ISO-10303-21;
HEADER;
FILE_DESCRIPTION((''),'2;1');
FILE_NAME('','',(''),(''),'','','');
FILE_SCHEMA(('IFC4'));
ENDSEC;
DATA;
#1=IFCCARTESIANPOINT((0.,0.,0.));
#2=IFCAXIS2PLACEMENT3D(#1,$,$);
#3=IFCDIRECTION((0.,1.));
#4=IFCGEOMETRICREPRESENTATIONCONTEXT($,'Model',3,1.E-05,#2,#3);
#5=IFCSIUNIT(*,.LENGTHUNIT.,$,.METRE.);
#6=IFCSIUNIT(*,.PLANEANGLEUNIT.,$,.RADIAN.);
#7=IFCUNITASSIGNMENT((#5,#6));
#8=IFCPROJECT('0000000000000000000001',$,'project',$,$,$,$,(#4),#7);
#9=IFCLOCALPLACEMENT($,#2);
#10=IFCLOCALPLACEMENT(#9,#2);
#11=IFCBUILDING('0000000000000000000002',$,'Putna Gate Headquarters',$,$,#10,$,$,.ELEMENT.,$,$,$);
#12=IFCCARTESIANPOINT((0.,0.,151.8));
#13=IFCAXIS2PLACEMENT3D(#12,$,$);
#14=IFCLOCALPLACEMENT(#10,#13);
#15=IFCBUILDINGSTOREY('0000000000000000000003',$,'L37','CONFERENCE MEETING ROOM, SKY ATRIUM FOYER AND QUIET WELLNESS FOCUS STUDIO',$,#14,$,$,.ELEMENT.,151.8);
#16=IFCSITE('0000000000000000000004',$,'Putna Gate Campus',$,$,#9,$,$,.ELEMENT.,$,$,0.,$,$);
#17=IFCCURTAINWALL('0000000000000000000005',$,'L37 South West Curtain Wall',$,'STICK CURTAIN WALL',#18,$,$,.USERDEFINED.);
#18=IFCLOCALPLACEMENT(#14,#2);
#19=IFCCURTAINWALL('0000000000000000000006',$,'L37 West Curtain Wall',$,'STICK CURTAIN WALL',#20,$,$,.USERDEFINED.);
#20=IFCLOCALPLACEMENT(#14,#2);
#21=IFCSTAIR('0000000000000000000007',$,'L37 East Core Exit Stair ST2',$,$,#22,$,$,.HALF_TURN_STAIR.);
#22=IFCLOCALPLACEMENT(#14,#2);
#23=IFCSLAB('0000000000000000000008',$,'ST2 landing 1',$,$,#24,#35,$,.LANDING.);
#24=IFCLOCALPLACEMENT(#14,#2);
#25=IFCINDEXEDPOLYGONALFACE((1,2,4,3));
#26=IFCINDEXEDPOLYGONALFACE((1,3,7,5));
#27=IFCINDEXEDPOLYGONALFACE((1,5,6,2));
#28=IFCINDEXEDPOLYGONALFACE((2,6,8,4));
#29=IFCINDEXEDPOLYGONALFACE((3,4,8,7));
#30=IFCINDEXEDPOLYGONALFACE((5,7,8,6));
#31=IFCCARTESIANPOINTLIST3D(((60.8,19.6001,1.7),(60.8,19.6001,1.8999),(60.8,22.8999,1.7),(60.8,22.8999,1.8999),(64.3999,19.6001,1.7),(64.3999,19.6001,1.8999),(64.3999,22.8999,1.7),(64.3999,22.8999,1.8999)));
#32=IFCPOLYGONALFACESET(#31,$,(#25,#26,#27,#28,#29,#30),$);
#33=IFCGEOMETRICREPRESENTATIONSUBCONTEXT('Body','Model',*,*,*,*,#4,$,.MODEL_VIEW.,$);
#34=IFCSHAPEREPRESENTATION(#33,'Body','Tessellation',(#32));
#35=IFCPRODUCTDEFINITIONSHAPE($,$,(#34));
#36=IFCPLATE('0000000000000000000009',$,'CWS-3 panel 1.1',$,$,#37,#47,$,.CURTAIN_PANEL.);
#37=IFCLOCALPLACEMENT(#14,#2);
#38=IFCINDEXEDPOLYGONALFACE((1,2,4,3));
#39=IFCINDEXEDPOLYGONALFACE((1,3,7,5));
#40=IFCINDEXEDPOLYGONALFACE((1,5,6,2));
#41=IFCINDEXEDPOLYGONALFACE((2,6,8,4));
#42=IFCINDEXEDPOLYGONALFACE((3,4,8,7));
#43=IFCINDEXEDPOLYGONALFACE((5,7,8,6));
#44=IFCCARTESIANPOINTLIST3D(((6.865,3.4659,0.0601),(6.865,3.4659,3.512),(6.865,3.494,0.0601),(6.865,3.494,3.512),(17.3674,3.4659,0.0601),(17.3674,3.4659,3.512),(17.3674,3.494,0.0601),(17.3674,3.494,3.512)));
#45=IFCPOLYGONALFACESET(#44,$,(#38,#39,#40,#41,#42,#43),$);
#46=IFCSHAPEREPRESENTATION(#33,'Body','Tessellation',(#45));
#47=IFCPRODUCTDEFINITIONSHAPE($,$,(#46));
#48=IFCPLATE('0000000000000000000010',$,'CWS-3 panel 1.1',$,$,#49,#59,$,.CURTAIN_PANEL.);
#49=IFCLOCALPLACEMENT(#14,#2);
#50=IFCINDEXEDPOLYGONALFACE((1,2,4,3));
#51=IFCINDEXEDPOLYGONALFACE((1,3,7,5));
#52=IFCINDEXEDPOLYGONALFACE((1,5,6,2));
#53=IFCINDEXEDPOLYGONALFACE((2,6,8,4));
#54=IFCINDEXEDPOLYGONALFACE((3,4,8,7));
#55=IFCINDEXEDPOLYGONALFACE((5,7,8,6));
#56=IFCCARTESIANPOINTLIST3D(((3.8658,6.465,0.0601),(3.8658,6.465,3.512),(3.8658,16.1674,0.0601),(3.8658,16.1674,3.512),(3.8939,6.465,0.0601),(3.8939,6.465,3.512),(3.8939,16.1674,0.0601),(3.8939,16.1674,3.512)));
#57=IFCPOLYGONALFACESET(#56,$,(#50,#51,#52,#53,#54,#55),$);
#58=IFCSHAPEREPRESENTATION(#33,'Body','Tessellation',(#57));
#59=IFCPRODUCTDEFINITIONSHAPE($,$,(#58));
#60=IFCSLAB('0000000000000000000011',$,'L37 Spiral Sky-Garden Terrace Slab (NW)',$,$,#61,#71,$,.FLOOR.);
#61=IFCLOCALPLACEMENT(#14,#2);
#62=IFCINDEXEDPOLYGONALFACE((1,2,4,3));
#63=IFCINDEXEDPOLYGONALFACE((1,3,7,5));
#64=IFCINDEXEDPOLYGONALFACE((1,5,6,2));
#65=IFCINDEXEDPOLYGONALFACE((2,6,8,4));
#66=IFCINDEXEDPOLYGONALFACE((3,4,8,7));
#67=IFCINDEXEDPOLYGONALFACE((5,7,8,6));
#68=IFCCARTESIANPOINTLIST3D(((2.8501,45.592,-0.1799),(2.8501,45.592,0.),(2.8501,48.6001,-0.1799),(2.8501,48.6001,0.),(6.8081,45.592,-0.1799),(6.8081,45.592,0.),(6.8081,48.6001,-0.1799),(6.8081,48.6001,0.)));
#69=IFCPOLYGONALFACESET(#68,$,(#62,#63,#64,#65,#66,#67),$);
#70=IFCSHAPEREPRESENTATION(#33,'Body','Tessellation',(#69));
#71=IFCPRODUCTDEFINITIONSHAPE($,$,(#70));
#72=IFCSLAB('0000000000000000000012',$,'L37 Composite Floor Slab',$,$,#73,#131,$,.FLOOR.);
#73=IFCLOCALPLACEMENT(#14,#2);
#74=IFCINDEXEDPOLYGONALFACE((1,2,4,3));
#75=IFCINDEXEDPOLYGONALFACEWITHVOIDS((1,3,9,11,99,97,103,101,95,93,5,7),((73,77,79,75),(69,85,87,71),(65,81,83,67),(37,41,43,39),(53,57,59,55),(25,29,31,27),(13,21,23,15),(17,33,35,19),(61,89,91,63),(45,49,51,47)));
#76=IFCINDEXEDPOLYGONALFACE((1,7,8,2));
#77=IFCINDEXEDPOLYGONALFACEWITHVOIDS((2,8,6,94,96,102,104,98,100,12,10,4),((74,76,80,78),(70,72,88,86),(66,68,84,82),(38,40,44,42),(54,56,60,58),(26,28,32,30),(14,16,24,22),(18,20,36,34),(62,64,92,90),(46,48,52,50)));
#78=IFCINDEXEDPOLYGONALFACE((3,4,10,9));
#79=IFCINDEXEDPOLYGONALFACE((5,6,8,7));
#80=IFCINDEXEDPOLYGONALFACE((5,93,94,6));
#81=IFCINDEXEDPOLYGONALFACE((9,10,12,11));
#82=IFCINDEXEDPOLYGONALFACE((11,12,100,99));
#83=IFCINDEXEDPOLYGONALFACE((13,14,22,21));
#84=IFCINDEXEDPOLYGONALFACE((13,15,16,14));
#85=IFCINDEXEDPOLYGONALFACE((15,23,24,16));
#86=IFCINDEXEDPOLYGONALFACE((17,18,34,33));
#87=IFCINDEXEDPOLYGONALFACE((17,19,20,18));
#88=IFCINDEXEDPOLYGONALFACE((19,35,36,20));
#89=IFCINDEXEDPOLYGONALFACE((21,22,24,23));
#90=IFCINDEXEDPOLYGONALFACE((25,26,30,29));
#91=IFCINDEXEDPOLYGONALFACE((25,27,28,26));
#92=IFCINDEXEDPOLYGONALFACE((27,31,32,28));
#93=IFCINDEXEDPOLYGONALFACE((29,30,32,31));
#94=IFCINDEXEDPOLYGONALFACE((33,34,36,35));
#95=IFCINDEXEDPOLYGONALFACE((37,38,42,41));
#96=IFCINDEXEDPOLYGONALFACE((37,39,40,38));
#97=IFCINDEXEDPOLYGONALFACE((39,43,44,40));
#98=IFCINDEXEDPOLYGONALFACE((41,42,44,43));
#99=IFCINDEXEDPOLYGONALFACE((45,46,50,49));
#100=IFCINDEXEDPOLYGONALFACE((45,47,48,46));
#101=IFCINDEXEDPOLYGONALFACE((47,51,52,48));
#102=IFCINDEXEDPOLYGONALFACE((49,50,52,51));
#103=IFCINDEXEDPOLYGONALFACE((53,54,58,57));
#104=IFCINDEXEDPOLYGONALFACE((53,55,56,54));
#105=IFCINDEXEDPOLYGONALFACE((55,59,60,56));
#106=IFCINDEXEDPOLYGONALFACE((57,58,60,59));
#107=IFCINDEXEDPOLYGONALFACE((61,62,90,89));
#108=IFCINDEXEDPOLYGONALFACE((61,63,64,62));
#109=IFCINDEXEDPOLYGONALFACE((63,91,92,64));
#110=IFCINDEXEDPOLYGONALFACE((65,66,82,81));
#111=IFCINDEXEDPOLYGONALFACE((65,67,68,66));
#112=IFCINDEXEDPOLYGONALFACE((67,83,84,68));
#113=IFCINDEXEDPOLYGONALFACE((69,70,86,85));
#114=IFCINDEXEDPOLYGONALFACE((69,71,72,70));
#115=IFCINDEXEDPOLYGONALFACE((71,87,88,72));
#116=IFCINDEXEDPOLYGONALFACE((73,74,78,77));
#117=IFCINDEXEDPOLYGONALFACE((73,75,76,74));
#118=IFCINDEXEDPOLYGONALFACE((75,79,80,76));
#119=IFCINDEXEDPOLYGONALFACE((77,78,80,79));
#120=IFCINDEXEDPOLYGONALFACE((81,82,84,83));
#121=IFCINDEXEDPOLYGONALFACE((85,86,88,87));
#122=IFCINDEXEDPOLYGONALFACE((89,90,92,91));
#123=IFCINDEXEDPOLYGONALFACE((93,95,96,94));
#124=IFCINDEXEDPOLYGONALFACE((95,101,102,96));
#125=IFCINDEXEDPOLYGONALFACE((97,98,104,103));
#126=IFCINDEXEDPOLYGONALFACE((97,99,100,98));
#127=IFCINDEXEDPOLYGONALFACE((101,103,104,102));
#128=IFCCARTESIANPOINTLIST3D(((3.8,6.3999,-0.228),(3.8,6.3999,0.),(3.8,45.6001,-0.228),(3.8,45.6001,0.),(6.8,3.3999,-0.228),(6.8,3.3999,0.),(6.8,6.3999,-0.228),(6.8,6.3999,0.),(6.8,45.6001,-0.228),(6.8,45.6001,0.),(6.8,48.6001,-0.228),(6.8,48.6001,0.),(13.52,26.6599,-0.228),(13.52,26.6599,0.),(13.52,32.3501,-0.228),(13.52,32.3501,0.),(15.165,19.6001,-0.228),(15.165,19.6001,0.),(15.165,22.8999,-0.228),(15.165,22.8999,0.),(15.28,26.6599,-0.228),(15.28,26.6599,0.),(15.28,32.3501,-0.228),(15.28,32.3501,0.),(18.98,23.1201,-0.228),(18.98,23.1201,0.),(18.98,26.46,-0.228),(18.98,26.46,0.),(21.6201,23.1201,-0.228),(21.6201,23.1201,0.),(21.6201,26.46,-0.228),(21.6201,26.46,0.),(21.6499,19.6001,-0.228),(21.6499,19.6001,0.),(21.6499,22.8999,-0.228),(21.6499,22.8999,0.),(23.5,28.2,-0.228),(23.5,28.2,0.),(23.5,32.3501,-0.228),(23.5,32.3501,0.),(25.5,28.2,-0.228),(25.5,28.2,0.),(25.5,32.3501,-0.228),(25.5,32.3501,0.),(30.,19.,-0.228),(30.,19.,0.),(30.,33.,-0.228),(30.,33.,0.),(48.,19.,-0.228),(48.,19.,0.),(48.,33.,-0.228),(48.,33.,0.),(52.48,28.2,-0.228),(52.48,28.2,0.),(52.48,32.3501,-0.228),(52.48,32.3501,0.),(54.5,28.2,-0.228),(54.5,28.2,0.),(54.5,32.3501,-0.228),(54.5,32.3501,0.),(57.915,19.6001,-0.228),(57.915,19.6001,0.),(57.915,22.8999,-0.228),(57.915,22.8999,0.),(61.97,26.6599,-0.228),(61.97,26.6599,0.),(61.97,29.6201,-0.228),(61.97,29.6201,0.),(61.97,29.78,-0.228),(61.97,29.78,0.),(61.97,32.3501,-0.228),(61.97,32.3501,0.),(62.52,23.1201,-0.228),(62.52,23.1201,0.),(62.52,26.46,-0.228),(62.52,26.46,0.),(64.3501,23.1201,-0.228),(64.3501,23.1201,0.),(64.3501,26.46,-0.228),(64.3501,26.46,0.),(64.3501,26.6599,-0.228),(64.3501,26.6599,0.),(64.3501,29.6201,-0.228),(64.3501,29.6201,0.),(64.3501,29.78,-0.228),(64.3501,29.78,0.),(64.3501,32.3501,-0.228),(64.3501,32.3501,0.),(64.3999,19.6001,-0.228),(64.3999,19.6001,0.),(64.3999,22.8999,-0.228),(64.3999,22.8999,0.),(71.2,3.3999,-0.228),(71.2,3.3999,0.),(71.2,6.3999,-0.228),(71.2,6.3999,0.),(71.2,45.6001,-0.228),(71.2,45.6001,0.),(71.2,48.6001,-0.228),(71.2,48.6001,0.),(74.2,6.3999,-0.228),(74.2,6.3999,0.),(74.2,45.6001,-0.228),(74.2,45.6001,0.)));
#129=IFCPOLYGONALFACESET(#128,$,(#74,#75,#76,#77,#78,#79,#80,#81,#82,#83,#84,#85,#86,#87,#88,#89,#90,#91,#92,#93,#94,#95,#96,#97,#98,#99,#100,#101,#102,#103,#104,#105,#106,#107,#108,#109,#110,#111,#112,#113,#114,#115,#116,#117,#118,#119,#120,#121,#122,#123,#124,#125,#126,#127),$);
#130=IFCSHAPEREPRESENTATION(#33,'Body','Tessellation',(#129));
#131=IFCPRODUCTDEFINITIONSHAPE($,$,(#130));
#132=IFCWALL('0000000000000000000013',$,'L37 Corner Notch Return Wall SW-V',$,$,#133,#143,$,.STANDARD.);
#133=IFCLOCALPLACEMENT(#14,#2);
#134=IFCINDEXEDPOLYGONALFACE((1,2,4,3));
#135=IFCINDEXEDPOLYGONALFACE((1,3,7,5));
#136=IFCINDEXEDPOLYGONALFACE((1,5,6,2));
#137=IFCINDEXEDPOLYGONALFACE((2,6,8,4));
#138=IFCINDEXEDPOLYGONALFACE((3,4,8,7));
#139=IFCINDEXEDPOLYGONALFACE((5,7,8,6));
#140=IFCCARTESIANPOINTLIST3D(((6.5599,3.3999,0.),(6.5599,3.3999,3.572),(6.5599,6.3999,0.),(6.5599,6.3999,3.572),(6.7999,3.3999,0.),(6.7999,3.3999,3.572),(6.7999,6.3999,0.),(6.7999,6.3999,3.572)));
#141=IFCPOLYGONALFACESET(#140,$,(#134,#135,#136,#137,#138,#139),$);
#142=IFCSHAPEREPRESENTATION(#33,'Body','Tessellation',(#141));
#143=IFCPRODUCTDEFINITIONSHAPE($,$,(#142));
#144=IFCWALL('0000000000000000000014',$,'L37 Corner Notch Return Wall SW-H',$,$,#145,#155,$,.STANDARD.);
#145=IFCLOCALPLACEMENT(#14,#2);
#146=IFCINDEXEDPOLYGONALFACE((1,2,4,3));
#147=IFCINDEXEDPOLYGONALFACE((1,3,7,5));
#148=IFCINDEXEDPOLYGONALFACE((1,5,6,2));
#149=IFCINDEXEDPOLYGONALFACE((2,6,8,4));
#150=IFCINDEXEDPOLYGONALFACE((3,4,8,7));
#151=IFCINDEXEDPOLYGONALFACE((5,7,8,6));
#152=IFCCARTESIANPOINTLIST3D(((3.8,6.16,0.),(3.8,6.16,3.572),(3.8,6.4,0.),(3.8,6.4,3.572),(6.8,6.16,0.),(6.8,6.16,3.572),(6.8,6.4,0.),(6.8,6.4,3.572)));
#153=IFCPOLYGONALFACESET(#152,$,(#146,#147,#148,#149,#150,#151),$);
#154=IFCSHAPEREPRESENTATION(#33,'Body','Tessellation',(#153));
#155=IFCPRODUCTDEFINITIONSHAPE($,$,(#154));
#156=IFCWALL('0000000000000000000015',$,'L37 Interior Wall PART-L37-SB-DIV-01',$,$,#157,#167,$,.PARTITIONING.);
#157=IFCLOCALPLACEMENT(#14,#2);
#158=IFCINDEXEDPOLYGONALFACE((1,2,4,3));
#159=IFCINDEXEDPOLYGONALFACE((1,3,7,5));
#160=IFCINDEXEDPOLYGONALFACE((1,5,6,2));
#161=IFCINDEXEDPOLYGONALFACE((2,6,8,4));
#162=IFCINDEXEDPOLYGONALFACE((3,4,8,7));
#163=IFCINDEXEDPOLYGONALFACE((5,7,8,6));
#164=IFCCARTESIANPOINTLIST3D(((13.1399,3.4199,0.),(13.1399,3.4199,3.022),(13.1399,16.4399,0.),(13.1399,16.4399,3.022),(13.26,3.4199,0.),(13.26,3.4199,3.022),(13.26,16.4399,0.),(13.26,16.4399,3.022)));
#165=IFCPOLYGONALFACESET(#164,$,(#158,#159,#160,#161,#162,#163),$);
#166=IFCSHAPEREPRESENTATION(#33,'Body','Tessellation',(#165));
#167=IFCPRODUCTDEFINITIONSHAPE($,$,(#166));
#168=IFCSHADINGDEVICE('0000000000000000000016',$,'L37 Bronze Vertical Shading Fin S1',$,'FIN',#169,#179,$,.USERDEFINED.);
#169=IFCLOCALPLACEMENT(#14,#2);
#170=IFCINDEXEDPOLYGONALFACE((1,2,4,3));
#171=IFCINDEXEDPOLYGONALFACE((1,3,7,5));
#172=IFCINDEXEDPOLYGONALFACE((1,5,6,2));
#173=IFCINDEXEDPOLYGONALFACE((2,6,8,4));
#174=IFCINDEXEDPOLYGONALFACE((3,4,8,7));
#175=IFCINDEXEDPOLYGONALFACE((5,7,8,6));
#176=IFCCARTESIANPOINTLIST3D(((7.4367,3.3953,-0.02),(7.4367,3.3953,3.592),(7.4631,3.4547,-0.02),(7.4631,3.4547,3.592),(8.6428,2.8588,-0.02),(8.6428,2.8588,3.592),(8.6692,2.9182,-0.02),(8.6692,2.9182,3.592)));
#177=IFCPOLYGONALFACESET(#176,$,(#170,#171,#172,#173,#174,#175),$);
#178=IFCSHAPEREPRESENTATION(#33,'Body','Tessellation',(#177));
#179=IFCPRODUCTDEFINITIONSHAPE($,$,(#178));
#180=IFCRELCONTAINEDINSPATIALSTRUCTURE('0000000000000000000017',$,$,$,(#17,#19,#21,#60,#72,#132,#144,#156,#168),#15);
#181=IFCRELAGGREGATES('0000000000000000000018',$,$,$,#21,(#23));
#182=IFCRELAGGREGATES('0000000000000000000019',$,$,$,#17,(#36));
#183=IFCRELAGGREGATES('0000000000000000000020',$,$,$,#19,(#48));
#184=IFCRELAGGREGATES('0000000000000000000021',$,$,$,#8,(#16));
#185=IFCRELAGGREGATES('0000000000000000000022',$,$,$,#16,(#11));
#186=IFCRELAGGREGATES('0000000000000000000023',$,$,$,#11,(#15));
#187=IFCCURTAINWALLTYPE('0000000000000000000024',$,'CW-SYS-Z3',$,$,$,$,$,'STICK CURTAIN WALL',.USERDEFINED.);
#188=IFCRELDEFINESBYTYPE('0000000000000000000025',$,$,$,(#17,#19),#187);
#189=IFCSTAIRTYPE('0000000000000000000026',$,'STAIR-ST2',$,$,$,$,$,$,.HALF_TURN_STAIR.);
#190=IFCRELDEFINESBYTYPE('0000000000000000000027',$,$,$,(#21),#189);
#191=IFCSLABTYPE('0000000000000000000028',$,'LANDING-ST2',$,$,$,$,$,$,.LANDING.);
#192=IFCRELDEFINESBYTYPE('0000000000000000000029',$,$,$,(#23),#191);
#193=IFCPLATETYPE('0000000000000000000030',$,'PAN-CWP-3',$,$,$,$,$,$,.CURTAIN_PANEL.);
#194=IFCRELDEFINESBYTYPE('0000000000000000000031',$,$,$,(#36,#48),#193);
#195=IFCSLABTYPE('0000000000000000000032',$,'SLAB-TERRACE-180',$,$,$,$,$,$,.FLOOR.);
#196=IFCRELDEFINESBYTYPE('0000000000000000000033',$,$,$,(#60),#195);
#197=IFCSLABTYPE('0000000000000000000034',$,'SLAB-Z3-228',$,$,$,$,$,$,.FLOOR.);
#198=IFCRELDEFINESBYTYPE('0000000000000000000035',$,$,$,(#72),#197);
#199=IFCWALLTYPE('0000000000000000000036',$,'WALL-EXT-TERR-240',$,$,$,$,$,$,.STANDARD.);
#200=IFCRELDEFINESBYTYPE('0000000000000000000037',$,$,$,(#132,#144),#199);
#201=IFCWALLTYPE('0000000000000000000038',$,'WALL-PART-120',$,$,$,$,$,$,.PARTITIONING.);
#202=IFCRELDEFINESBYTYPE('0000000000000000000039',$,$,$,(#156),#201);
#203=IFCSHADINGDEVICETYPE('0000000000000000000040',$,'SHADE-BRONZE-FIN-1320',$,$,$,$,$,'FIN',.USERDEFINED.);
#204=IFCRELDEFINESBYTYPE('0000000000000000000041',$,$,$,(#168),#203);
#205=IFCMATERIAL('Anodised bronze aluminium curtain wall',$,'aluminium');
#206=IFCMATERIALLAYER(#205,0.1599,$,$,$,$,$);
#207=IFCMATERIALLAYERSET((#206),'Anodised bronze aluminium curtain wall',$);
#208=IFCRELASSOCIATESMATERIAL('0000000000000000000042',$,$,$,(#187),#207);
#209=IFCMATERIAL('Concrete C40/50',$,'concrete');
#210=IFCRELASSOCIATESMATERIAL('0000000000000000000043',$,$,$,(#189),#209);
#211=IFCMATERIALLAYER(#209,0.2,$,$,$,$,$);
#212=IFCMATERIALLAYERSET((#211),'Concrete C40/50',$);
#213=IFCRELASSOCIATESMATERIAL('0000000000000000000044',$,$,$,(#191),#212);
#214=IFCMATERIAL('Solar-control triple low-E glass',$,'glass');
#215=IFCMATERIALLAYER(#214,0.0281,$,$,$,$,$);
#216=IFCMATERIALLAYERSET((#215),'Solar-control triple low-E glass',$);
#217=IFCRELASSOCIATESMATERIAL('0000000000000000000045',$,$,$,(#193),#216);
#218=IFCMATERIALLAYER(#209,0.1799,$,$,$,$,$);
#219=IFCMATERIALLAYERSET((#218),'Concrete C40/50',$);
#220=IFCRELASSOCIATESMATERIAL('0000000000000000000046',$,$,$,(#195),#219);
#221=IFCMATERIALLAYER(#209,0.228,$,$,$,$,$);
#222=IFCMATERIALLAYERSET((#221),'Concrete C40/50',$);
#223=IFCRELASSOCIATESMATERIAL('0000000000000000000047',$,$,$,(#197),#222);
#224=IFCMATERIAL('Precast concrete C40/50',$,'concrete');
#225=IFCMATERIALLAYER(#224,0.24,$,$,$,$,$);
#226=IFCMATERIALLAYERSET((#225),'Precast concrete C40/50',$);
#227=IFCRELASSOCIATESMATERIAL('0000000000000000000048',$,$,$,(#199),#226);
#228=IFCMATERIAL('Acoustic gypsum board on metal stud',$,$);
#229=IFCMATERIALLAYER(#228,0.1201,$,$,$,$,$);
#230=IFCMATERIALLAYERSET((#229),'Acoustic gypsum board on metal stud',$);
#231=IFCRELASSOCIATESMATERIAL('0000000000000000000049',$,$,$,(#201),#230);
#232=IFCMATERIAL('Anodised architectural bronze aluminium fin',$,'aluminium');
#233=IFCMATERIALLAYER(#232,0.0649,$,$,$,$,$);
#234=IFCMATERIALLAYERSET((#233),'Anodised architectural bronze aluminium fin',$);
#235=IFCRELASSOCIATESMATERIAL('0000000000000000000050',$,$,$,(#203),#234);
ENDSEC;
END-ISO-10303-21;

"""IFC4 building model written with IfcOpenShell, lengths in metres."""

from ifc_helpers import new_model, si_unit, direction, frame, frame_2d, origin, origin_2d, place, context, subcontext, project, spatial, polyline, rectangle, outline, extrude, material, layer, layer_set, type_object, element, aggregate, save


model = new_model("IFC4")

# Units and contexts
model_context = context("Model", 3, precision=1e-05, world=origin(), true_north=direction((0.0, 1.0)))
body_context = subcontext(model_context, "Body", "Model", "MODEL_VIEW")
ifc_project = project(units=[si_unit("LENGTHUNIT", "METRE"), si_unit("PLANEANGLEUNIT", "RADIAN")], contexts=[model_context])

# Site, building, storey
site_placement = place(None, origin())
site = spatial("IfcSite", under=ifc_project, at=site_placement, Name="Putna Gate Campus", CompositionType="ELEMENT", RefElevation=0.0)
building_placement = place(site_placement, origin())
building = spatial("IfcBuilding", under=site, at=building_placement, Name="Putna Gate Headquarters", CompositionType="ELEMENT")
storey_placement = place(building_placement, frame((0.0, 0.0, 151.8)))
storey = spatial("IfcBuildingStorey", under=building, at=storey_placement, Name="L37", Description="CONFERENCE MEETING ROOM, SKY ATRIUM FOYER AND QUIET WELLNESS FOCUS STUDIO", CompositionType="ELEMENT", Elevation=151.8)

# Curtain walls
ifc_material_1 = material(Name="Anodised bronze aluminium curtain wall", Category="aluminium")
ifc_layer_1 = layer(ifc_material_1, 0.1599)
ifc_layer_set_1 = layer_set([ifc_layer_1], Name="Anodised bronze aluminium curtain wall")
curtain_wall_type = type_object("IfcCurtainWallType", Name="CW-SYS-Z3", ElementType="STICK CURTAIN WALL", PredefinedType="USERDEFINED", material=ifc_layer_set_1)
curtain_wall_1_placement = place(storey_placement, origin())
curtain_wall_1 = element("IfcCurtainWall", 1, at=curtain_wall_1_placement, inside=storey, type_object=curtain_wall_type, Name="L37 South West Curtain Wall", ObjectType="STICK CURTAIN WALL", PredefinedType="USERDEFINED")
curtain_wall_2_placement = place(storey_placement, origin())
curtain_wall_2 = element("IfcCurtainWall", 2, at=curtain_wall_2_placement, inside=storey, type_object=curtain_wall_type, Name="L37 West Curtain Wall", ObjectType="STICK CURTAIN WALL", PredefinedType="USERDEFINED")

# Stair, slab
ifc_material_2 = material(Name="Concrete C40/50", Category="concrete")
stair_type_1 = type_object("IfcStairType", Name="STAIR-ST2", PredefinedType="HALF_TURN_STAIR", material=ifc_material_2)
stair_1_placement = place(storey_placement, origin())
stair_1 = element("IfcStair", 3, at=stair_1_placement, inside=storey, type_object=stair_type_1, Name="L37 East Core Exit Stair ST2", PredefinedType="HALF_TURN_STAIR")
ifc_layer_2 = layer(ifc_material_2, 0.2)
ifc_layer_set_2 = layer_set([ifc_layer_2], Name="Concrete C40/50")
slab_type_1 = type_object("IfcSlabType", Name="LANDING-ST2", PredefinedType="LANDING", material=ifc_layer_set_2)
slab_1_placement = place(storey_placement, frame((0.0, 0.0, 1.7)))
slab_1 = element("IfcSlab", 4, at=slab_1_placement, type_object=slab_type_1, Name="ST2 landing 1", PredefinedType="LANDING", context=body_context, shape_type="SweptSolid", body=[
    extrude(outline(polyline([(60.8, 19.6001), (64.3999, 19.6001), (64.3999, 22.8999), (60.8, 22.8999), (60.8, 19.6001)])), origin(), (0.0, 0.0, 1.0), 0.2),
])
aggregate(stair_1, [slab_1])

# Plates
ifc_material_3 = material(Name="Solar-control triple low-E glass", Category="glass")
ifc_layer_3 = layer(ifc_material_3, 0.0281)
ifc_layer_set_3 = layer_set([ifc_layer_3], Name="Solar-control triple low-E glass")
plate_type = type_object("IfcPlateType", Name="PAN-CWP-3", PredefinedType="CURTAIN_PANEL", material=ifc_layer_set_3)
plate_1_placement = place(storey_placement, frame((12.1162, 3.48, 0.0601), z_axis=(0.0, 0.0, 1.0), x_axis=(1.0, 0.0, 0.0)))
plate_1 = element("IfcPlate", 5, at=plate_1_placement, type_object=plate_type, Name="CWS-3 panel 1.1", PredefinedType="CURTAIN_PANEL", context=body_context, shape_type="SweptSolid", body=[
    extrude(rectangle(XDim=10.5024, YDim=0.0281, at=origin_2d()), origin(), (0.0, 0.0, 1.0), 3.4519),
])
aggregate(curtain_wall_1, [plate_1])
plate_2_placement = place(storey_placement, frame((3.8799, 11.3162, 0.0601), z_axis=(0.0, 0.0, 1.0), x_axis=(0.0, 1.0, 0.0)))
plate_2 = element("IfcPlate", 6, at=plate_2_placement, type_object=plate_type, Name="CWS-3 panel 1.1", PredefinedType="CURTAIN_PANEL", context=body_context, shape_type="SweptSolid", body=[
    extrude(rectangle(XDim=9.7024, YDim=0.0281, at=origin_2d()), origin(), (0.0, 0.0, 1.0), 3.4519),
])
aggregate(curtain_wall_2, [plate_2])

# Slabs
ifc_layer_4 = layer(ifc_material_2, 0.1799)
ifc_layer_set_4 = layer_set([ifc_layer_4], Name="Concrete C40/50")
slab_type_2 = type_object("IfcSlabType", Name="SLAB-TERRACE-180", PredefinedType="FLOOR", material=ifc_layer_set_4)
slab_2_placement = place(storey_placement, frame((0.0, 0.0, -0.1799)))
element("IfcSlab", 7, at=slab_2_placement, inside=storey, type_object=slab_type_2, Name="L37 Spiral Sky-Garden Terrace Slab (NW)", PredefinedType="FLOOR", context=body_context, shape_type="SweptSolid", body=[
    extrude(outline(polyline([(2.8501, 45.592), (6.8081, 45.592), (6.8081, 48.6001), (2.8501, 48.6001), (2.8501, 45.592)])), origin(), (0.0, 0.0, 1.0), 0.1799),
])
ifc_layer_5 = layer(ifc_material_2, 0.228)
ifc_layer_set_5 = layer_set([ifc_layer_5], Name="Concrete C40/50")
slab_type_3 = type_object("IfcSlabType", Name="SLAB-Z3-228", PredefinedType="FLOOR", material=ifc_layer_set_5)
slab_3_placement = place(storey_placement, frame((0.0, 0.0, -0.228)))
element("IfcSlab", 8, at=slab_3_placement, inside=storey, type_object=slab_type_3, Name="L37 Composite Floor Slab", PredefinedType="FLOOR", context=body_context, shape_type="SweptSolid", body=[
    extrude(outline(polyline([(6.8, 3.3999), (71.2, 3.3999), (71.2, 6.3999), (74.2, 6.3999), (74.2, 45.6001), (71.2, 45.6001), (71.2, 48.6001), (6.8, 48.6001), (6.8, 45.6001), (3.8, 45.6001), (3.8, 6.3999), (6.8, 6.3999), (6.8, 3.3999)]), holes=[polyline([(15.165, 19.6001), (21.6499, 19.6001), (21.6499, 22.8999), (15.165, 22.8999), (15.165, 19.6001)]), polyline([(57.915, 19.6001), (64.3999, 19.6001), (64.3999, 22.8999), (57.915, 22.8999), (57.915, 19.6001)]), polyline([(13.52, 26.6599), (15.28, 26.6599), (15.28, 32.3501), (13.52, 32.3501), (13.52, 26.6599)]), polyline([(61.97, 29.78), (64.3501, 29.78), (64.3501, 32.3501), (61.97, 32.3501), (61.97, 29.78)]), polyline([(18.98, 23.1201), (21.6201, 23.1201), (21.6201, 26.46), (18.98, 26.46), (18.98, 23.1201)]), polyline([(62.52, 23.1201), (64.3501, 23.1201), (64.3501, 26.46), (62.52, 26.46), (62.52, 23.1201)]), polyline([(61.97, 26.6599), (64.3501, 26.6599), (64.3501, 29.6201), (61.97, 29.6201), (61.97, 26.6599)]), polyline([(23.5, 28.2), (25.5, 28.2), (25.5, 32.3501), (23.5, 32.3501), (23.5, 28.2)]), polyline([(52.48, 28.2), (54.5, 28.2), (54.5, 32.3501), (52.48, 32.3501), (52.48, 28.2)]), polyline([(30.0, 19.0), (48.0, 19.0), (48.0, 33.0), (30.0, 33.0), (30.0, 19.0)])]), origin(), (0.0, 0.0, 1.0), 0.228),
])

# Walls
ifc_material_4 = material(Name="Precast concrete C40/50", Category="concrete")
ifc_layer_6 = layer(ifc_material_4, 0.24)
ifc_layer_set_6 = layer_set([ifc_layer_6], Name="Precast concrete C40/50")
wall_type_1 = type_object("IfcWallType", Name="WALL-EXT-TERR-240", PredefinedType="STANDARD", material=ifc_layer_set_6)
for number, where, z_axis, x_axis, name in (
    (9, (6.6799, 3.3999, 0.0), (0.0, 0.0, 1.0), (0.0, 1.0, 0.0), "L37 Corner Notch Return Wall SW-V"),
    (10, (6.8, 6.28, 0.0), (0.0, 0.0, 1.0), (-1.0, 0.0, 0.0), "L37 Corner Notch Return Wall SW-H"),
):
    element("IfcWall", number, at=place(storey_placement, frame(where, z_axis=z_axis, x_axis=x_axis)), inside=storey, type_object=wall_type_1, Name=name, PredefinedType="STANDARD", context=body_context, shape_type="SweptSolid", body=[
        extrude(rectangle(XDim=3.0, YDim=0.24, at=frame_2d((1.5, 0.0))), origin(), (0.0, 0.0, 1.0), 3.572),
    ])
ifc_material_5 = material(Name="Acoustic gypsum board on metal stud")
ifc_layer_7 = layer(ifc_material_5, 0.1201)
ifc_layer_set_7 = layer_set([ifc_layer_7], Name="Acoustic gypsum board on metal stud")
wall_type_2 = type_object("IfcWallType", Name="WALL-PART-120", PredefinedType="PARTITIONING", material=ifc_layer_set_7)
wall_placement = place(storey_placement, frame((13.2, 3.4199, 0.0), z_axis=(0.0, 0.0, 1.0), x_axis=(0.0, 1.0, 0.0)))
element("IfcWall", 11, at=wall_placement, inside=storey, type_object=wall_type_2, Name="L37 Interior Wall PART-L37-SB-DIV-01", PredefinedType="PARTITIONING", context=body_context, shape_type="SweptSolid", body=[
    extrude(rectangle(XDim=13.02, YDim=0.1201, at=frame_2d((6.51, 0.0))), origin(), (0.0, 0.0, 1.0), 3.022),
])

# Shading device
ifc_material_6 = material(Name="Anodised architectural bronze aluminium fin", Category="aluminium")
ifc_layer_8 = layer(ifc_material_6, 0.0649)
ifc_layer_set_8 = layer_set([ifc_layer_8], Name="Anodised architectural bronze aluminium fin")
shading_device_type = type_object("IfcShadingDeviceType", Name="SHADE-BRONZE-FIN-1320", ElementType="FIN", PredefinedType="USERDEFINED", material=ifc_layer_set_8)
for number, where, z_axis, x_axis, name in (
    (12, (8.053, 3.1567, -0.02), (0.0, 0.0, 1.0), (0.913687, -0.406418, 0.0), "L37 Bronze Vertical Shading Fin S1"),
):
    element("IfcShadingDevice", number, at=place(storey_placement, frame(where, z_axis=z_axis, x_axis=x_axis)), inside=storey, type_object=shading_device_type, Name=name, ObjectType="FIN", PredefinedType="USERDEFINED", context=body_context, shape_type="SweptSolid", body=[
        extrude(rectangle(XDim=1.3201, YDim=0.0649, at=origin_2d()), origin(), (0.0, 0.0, 1.0), 3.6121),
    ])

save(model, "model.ifc")
